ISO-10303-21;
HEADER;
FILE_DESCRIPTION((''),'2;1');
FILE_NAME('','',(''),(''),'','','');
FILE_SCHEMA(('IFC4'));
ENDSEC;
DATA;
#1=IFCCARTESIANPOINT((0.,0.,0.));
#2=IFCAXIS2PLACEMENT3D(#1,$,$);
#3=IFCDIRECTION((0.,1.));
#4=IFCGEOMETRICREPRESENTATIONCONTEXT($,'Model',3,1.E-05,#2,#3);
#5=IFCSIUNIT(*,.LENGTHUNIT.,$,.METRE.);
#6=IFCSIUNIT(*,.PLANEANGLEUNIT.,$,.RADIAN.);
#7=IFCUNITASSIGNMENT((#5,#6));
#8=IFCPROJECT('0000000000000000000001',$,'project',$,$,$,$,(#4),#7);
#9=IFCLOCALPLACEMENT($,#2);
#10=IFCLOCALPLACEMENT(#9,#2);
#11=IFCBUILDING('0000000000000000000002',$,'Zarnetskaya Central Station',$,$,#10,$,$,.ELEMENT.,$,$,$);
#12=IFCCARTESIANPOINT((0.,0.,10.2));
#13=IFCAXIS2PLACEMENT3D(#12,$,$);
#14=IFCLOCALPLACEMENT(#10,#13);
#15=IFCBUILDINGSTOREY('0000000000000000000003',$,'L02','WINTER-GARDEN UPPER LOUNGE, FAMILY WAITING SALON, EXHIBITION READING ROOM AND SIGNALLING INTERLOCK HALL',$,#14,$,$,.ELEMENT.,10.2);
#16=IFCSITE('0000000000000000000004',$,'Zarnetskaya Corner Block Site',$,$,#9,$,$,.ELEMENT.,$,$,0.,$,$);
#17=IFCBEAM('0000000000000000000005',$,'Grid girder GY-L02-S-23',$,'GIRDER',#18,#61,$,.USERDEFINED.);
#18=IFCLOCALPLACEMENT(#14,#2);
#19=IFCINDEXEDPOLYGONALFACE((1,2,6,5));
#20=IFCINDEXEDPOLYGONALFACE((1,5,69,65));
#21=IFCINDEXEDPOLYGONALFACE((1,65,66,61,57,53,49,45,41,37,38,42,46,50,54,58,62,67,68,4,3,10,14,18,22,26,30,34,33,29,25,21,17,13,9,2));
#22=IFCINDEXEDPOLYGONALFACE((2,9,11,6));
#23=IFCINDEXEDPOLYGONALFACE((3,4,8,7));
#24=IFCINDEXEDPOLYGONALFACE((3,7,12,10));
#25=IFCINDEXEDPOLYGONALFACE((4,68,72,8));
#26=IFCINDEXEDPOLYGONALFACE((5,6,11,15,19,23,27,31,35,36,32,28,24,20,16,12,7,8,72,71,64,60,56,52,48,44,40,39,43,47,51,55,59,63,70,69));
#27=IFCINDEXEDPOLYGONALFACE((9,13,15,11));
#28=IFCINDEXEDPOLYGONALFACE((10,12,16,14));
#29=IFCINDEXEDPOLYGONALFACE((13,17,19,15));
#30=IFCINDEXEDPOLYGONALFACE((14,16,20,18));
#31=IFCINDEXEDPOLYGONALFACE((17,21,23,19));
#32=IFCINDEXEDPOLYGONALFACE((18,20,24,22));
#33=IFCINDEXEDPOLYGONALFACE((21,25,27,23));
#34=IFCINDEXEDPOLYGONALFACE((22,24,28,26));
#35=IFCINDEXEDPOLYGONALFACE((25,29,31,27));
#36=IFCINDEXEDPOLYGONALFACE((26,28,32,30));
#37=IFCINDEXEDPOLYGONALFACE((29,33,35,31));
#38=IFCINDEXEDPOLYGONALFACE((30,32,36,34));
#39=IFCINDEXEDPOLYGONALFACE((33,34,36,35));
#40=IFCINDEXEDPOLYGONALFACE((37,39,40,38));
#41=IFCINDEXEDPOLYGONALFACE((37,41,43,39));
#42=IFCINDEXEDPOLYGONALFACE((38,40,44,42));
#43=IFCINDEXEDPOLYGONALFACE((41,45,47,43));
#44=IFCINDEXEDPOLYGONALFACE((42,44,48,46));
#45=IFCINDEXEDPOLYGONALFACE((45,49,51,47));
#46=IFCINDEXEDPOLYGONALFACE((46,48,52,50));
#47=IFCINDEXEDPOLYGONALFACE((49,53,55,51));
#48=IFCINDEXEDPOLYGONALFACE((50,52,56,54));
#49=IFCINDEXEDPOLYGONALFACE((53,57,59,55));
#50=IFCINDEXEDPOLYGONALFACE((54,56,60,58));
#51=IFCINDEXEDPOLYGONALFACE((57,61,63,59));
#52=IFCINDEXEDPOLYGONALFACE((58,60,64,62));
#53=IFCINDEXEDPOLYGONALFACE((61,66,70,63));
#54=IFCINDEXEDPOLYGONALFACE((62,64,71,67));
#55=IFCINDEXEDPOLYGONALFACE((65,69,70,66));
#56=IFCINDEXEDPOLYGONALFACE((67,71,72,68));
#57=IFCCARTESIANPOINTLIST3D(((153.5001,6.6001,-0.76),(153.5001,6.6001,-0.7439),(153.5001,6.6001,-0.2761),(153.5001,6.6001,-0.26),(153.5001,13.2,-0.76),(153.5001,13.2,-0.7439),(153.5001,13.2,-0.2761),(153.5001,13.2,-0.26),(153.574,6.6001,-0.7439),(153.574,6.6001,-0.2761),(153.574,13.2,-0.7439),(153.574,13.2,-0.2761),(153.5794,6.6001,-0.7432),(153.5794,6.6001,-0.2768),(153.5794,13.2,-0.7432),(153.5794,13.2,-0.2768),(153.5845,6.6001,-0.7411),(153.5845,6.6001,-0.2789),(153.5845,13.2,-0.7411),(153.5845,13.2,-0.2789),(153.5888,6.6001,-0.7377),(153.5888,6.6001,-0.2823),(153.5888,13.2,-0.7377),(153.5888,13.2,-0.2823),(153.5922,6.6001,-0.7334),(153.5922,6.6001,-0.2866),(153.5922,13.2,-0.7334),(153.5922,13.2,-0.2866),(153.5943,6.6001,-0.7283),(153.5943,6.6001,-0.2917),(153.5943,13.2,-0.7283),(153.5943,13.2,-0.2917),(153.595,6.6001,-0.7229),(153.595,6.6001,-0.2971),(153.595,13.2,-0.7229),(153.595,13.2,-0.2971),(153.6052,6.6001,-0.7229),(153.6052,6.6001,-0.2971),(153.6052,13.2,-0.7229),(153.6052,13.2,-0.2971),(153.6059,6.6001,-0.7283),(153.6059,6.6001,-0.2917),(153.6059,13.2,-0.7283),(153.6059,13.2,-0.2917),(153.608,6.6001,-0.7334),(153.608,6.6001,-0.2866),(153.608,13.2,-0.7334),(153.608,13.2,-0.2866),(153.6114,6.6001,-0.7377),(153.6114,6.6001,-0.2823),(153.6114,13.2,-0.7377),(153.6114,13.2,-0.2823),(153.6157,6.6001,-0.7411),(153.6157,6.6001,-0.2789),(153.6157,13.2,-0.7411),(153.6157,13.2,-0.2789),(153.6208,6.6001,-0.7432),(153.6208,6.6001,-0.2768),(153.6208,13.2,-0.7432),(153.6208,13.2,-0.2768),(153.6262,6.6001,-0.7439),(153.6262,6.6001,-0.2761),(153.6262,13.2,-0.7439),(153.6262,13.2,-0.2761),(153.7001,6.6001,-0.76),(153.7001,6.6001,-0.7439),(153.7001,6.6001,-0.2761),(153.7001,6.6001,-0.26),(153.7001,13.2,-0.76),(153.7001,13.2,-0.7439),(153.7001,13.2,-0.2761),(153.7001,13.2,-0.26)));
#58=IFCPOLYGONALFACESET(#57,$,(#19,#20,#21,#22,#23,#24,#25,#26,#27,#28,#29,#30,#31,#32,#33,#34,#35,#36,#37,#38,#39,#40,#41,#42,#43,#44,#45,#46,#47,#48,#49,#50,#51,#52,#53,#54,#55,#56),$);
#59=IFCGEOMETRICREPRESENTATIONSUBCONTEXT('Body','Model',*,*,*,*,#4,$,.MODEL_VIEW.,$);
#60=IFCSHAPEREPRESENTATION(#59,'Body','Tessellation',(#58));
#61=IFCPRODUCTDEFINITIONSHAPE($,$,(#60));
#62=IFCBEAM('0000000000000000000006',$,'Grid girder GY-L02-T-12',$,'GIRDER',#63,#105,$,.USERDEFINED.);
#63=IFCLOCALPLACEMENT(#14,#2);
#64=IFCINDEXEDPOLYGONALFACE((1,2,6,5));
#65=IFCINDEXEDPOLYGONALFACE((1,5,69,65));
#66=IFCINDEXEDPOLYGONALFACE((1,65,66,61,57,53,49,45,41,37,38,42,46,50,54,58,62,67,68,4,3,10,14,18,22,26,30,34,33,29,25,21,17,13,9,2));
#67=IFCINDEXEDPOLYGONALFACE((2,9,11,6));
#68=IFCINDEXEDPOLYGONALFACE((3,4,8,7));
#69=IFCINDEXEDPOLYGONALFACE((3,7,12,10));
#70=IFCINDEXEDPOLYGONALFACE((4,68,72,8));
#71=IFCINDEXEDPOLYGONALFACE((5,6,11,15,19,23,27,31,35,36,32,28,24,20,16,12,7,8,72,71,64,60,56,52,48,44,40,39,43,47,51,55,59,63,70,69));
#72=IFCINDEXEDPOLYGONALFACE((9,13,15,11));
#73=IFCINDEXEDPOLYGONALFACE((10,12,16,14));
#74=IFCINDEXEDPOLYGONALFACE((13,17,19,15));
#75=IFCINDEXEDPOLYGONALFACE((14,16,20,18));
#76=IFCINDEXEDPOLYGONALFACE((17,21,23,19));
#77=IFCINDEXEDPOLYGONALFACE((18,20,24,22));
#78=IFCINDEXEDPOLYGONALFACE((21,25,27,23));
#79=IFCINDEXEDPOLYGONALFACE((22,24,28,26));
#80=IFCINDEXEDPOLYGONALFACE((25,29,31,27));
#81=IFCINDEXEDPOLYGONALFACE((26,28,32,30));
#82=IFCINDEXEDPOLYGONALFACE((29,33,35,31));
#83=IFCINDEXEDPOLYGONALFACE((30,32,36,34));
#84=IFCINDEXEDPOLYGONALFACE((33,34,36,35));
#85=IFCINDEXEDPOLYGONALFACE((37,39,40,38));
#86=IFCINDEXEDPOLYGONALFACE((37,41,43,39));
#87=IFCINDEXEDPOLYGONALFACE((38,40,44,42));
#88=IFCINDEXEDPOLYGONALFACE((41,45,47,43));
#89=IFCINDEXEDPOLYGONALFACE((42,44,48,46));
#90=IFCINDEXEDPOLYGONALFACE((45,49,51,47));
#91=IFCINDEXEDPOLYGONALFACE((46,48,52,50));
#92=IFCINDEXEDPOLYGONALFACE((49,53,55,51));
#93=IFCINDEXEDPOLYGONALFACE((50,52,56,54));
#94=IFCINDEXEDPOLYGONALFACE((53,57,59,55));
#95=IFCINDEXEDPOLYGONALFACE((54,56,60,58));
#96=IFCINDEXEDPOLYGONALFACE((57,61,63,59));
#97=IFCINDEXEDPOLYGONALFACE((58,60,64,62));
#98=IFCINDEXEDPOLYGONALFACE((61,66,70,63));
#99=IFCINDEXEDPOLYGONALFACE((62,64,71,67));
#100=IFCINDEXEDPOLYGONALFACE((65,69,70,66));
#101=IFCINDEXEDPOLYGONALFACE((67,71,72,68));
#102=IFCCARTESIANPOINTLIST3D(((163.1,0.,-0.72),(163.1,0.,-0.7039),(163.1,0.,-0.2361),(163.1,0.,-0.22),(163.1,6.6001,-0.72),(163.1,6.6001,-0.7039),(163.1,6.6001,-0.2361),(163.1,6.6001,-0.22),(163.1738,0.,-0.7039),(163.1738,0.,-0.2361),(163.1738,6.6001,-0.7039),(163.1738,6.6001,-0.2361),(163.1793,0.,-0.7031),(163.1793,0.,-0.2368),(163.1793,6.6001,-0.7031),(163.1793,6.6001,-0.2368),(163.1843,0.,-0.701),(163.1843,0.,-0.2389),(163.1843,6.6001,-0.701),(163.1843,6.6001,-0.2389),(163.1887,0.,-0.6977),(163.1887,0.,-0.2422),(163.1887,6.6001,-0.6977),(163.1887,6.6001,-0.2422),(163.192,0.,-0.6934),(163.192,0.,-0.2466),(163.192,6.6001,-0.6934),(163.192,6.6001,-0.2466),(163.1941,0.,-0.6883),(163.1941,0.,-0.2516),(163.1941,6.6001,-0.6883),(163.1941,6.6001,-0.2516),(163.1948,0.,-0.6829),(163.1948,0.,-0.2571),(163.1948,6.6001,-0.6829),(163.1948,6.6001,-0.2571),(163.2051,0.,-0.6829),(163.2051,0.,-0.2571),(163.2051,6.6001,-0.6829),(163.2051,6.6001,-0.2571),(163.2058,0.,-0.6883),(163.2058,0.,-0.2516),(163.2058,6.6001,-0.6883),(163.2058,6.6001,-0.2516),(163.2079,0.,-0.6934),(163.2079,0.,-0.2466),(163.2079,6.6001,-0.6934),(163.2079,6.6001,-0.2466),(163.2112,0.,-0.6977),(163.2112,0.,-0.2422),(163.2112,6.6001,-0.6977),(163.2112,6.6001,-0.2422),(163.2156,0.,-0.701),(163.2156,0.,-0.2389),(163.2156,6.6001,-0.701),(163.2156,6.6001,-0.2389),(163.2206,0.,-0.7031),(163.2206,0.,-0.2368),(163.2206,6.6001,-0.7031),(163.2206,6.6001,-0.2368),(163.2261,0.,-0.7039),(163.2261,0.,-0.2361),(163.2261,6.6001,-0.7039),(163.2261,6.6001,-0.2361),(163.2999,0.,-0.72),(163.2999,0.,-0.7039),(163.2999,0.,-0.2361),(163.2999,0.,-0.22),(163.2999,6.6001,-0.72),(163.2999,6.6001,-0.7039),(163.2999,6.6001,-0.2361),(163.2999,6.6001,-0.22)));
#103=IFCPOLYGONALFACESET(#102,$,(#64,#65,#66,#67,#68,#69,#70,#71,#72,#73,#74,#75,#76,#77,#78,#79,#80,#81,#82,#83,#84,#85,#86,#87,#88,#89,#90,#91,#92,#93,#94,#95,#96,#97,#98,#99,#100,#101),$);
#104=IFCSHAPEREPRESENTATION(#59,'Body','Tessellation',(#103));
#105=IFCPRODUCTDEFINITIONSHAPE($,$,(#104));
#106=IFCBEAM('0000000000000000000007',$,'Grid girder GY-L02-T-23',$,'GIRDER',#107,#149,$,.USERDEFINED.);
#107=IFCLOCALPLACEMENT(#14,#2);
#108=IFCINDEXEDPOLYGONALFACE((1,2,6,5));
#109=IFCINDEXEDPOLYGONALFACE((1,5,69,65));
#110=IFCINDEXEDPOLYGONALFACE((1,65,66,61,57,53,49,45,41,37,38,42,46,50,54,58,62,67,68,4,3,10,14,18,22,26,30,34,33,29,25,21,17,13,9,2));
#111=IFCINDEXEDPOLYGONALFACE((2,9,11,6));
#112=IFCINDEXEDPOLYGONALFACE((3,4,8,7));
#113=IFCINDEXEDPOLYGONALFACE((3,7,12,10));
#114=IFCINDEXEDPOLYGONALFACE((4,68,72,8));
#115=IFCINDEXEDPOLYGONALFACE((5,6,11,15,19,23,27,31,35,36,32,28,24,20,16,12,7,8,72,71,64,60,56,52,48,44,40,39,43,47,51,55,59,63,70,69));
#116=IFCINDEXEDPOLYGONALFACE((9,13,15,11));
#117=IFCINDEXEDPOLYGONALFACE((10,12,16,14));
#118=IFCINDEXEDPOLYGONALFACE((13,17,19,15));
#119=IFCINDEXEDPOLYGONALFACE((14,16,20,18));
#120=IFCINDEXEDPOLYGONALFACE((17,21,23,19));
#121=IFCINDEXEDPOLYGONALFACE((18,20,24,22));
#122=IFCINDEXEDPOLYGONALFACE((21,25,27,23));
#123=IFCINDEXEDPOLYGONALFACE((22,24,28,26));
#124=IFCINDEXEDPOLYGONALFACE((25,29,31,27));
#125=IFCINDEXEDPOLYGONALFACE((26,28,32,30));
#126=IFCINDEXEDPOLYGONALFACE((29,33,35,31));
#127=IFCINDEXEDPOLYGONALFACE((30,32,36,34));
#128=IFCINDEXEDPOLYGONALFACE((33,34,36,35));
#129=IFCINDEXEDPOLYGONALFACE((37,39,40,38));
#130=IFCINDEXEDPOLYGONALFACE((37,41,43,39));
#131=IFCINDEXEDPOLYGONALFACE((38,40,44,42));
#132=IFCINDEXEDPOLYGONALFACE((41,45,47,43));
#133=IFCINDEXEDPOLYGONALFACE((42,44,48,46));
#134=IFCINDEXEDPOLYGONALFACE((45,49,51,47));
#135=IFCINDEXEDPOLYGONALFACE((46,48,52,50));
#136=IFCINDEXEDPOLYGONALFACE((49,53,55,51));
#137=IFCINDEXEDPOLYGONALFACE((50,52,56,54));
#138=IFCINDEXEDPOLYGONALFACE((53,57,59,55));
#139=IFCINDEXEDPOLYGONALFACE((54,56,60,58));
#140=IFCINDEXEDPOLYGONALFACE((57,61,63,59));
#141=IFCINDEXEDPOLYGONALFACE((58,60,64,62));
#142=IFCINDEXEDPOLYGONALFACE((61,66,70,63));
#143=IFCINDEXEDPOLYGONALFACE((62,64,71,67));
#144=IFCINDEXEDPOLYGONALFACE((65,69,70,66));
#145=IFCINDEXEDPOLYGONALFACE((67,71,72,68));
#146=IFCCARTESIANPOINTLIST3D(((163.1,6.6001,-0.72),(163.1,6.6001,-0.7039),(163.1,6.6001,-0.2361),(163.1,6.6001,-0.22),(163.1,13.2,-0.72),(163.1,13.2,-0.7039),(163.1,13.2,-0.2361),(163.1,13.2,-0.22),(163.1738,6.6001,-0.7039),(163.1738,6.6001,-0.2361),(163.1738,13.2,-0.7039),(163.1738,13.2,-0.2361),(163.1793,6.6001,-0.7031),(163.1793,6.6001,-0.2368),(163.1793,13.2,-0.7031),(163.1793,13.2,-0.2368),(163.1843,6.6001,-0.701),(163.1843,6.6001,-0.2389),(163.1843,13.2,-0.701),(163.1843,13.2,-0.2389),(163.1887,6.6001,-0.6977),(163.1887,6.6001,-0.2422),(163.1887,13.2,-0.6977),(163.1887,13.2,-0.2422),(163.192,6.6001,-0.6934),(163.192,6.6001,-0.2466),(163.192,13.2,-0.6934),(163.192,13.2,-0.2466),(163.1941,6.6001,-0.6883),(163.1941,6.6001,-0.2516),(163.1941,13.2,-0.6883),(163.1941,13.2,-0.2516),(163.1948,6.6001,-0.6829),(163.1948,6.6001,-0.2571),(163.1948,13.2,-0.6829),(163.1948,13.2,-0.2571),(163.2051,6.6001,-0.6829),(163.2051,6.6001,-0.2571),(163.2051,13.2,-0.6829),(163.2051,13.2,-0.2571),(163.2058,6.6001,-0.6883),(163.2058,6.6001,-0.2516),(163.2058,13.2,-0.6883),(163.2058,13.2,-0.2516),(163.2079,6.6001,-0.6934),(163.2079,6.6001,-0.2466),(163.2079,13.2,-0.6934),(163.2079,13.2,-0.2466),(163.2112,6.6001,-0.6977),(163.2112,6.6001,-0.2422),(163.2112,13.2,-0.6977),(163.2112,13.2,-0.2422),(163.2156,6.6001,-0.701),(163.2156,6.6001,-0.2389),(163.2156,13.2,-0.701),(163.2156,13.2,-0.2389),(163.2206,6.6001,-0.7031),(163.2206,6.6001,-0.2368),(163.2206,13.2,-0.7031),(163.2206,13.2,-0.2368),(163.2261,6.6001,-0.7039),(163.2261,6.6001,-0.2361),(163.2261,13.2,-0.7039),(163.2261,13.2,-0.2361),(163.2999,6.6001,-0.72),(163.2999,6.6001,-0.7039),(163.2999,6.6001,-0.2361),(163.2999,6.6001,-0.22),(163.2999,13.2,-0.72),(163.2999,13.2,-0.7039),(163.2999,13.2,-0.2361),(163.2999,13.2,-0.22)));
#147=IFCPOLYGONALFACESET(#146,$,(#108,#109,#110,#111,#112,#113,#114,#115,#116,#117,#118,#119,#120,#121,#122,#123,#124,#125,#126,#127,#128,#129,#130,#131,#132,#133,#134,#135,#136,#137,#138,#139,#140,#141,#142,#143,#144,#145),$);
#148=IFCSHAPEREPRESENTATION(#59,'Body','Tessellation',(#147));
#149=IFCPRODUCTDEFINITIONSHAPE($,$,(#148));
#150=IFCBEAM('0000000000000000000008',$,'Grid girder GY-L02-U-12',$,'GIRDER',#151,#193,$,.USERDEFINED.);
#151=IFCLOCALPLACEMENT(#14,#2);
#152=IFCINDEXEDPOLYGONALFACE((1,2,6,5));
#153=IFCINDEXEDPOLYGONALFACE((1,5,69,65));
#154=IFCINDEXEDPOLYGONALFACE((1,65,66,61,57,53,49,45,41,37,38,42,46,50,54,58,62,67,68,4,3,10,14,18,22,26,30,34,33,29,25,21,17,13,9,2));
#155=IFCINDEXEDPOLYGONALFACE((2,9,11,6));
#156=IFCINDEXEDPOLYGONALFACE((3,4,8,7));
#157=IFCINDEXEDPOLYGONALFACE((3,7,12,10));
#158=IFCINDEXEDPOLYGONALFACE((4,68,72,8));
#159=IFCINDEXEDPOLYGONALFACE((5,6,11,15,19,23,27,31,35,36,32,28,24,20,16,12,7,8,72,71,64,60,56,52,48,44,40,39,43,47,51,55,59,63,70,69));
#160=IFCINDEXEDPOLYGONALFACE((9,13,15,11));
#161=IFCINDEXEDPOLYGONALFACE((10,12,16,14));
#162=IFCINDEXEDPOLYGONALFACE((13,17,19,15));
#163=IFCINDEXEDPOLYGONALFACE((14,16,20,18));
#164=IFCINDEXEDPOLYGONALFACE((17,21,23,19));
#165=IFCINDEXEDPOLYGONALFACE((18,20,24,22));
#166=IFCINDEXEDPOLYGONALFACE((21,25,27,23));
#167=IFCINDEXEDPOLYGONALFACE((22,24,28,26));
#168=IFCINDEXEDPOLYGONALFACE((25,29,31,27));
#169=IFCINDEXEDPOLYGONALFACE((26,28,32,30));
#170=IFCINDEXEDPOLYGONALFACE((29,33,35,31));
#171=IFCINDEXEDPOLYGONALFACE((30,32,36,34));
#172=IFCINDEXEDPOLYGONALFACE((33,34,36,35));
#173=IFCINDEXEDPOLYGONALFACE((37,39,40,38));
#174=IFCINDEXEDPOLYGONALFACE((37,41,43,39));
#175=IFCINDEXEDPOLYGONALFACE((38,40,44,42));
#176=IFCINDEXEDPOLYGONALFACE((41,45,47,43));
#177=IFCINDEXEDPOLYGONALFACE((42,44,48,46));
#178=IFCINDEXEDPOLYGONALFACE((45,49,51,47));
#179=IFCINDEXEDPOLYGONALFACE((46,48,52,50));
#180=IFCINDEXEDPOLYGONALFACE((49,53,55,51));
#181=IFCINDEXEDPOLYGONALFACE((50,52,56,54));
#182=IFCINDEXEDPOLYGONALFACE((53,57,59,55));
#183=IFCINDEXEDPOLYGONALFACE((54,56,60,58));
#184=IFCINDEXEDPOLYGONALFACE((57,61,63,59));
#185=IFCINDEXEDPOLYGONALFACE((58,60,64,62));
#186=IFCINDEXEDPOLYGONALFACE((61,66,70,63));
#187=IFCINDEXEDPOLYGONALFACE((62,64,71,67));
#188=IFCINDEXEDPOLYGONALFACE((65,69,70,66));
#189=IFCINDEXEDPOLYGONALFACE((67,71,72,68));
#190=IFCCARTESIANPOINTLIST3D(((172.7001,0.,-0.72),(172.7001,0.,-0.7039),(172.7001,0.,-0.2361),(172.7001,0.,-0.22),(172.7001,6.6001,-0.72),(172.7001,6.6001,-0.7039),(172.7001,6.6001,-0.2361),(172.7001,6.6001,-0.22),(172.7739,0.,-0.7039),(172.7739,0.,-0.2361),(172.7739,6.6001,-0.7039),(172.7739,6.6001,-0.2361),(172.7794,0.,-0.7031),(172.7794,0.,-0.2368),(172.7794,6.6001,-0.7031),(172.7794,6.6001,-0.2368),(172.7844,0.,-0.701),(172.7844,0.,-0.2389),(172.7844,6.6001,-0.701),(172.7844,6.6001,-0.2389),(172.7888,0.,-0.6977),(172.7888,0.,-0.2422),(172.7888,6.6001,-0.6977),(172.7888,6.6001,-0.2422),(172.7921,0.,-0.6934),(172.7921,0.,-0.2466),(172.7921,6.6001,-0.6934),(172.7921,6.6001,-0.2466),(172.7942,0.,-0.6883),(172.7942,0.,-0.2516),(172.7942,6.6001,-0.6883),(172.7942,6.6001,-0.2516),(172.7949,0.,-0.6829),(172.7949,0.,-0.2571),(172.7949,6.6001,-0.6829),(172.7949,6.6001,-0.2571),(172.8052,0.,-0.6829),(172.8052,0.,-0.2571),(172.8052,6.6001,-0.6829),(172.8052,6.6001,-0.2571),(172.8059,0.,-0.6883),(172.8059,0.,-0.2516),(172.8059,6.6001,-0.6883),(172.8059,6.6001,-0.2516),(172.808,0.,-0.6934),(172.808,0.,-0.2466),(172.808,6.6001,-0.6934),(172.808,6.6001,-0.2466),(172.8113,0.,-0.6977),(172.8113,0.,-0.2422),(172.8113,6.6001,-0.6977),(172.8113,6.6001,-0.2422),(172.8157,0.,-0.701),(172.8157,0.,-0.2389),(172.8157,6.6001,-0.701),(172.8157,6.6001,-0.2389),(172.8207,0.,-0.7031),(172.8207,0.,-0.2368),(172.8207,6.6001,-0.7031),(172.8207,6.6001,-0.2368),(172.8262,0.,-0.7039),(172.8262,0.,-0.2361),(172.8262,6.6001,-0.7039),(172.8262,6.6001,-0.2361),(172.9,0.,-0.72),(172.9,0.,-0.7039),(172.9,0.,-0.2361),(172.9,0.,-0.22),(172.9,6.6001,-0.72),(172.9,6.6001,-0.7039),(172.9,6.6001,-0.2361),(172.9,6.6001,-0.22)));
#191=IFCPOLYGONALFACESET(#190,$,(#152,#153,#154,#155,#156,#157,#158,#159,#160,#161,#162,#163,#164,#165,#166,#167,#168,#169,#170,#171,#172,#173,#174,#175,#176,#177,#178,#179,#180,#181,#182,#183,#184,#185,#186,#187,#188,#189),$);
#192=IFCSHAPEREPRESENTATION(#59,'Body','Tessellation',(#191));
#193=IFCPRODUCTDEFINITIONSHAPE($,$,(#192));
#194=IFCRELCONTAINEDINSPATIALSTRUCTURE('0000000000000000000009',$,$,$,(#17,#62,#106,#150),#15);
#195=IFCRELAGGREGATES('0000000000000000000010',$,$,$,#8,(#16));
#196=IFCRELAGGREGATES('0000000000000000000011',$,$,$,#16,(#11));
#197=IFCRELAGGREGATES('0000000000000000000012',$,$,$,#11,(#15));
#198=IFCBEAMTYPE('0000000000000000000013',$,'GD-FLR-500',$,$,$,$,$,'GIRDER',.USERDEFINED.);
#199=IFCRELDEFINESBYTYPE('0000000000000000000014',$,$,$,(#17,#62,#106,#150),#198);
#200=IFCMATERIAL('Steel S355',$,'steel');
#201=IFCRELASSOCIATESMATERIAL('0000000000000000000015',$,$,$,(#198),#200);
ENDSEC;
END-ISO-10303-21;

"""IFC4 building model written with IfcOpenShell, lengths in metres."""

from ifc_helpers import new_model, si_unit, direction, frame, origin, origin_2d, place, context, subcontext, project, spatial, i_section, extrude, material, material_profile, profile_set, type_object, element, save


model = new_model("IFC4")

# Units and contexts
model_context = context("Model", 3, precision=1e-05, world=origin(), true_north=direction((0.0, 1.0)))
body_context = subcontext(model_context, "Body", "Model", "MODEL_VIEW")
ifc_project = project(units=[si_unit("LENGTHUNIT", "METRE"), si_unit("PLANEANGLEUNIT", "RADIAN")], contexts=[model_context])

# Site, building, storey
site_placement = place(None, origin())
site = spatial("IfcSite", under=ifc_project, at=site_placement, Name="Zarnetskaya Corner Block Site", CompositionType="ELEMENT", RefElevation=0.0)
building_placement = place(site_placement, origin())
building = spatial("IfcBuilding", under=site, at=building_placement, Name="Zarnetskaya Central Station", CompositionType="ELEMENT")
storey_placement = place(building_placement, frame((0.0, 0.0, 10.2)))
storey = spatial("IfcBuildingStorey", under=building, at=storey_placement, Name="L02", Description="WINTER-GARDEN UPPER LOUNGE, FAMILY WAITING SALON, EXHIBITION READING ROOM AND SIGNALLING INTERLOCK HALL", CompositionType="ELEMENT", Elevation=10.2)

# Shared definitions
ifc_material_1 = material(Name="Steel S355", Category="steel")

# Beams
ifc_material_profile_1 = material_profile(ifc_material_1, i_section(OverallWidth=0.2, OverallDepth=0.5, WebThickness=0.0103, FlangeThickness=0.0161, FilletRadius=0.021, at=origin_2d()), Name="IPE 500")
ifc_profile_set_1 = profile_set([ifc_material_profile_1], Name="Steel S355")
beam_type_1 = type_object("IfcBeamType", Name="GD-FLR-500", ElementType="GIRDER", PredefinedType="USERDEFINED", material=ifc_profile_set_1)
beam_1_placement = place(storey_placement, frame((153.6001, 6.6001, -0.51), z_axis=(0.0, 1.0, 0.0), x_axis=(-1.0, 0.0, 0.0)))
element("IfcBeam", 1, at=beam_1_placement, inside=storey, type_object=beam_type_1, Name="Grid girder GY-L02-S-23", ObjectType="GIRDER", PredefinedType="USERDEFINED", context=body_context, shape_type="SweptSolid", body=[
    extrude(i_section(OverallWidth=0.2, OverallDepth=0.5, WebThickness=0.0103, FlangeThickness=0.0161, FilletRadius=0.021, at=origin_2d()), origin(), (0.0, 0.0, 1.0), 6.5999),
])
beam_2_placement = place(storey_placement, frame((163.2, 0.0, -0.47), z_axis=(0.0, 1.0, 0.0), x_axis=(-1.0, 0.0, 0.0)))
element("IfcBeam", 2, at=beam_2_placement, inside=storey, type_object=beam_type_1, Name="Grid girder GY-L02-T-12", ObjectType="GIRDER", PredefinedType="USERDEFINED", context=body_context, shape_type="SweptSolid", body=[
    extrude(i_section(OverallWidth=0.2, OverallDepth=0.5, WebThickness=0.0103, FlangeThickness=0.0161, FilletRadius=0.021, at=origin_2d()), origin(), (0.0, 0.0, 1.0), 6.6001),
])
beam_3_placement = place(storey_placement, frame((163.2, 6.6001, -0.47), z_axis=(0.0, 1.0, 0.0), x_axis=(-1.0, 0.0, 0.0)))
element("IfcBeam", 3, at=beam_3_placement, inside=storey, type_object=beam_type_1, Name="Grid girder GY-L02-T-23", ObjectType="GIRDER", PredefinedType="USERDEFINED", context=body_context, shape_type="SweptSolid", body=[
    extrude(i_section(OverallWidth=0.2, OverallDepth=0.5, WebThickness=0.0103, FlangeThickness=0.0161, FilletRadius=0.021, at=origin_2d()), origin(), (0.0, 0.0, 1.0), 6.5999),
])
beam_4_placement = place(storey_placement, frame((172.8, 0.0, -0.47), z_axis=(0.0, 1.0, 0.0), x_axis=(-1.0, 0.0, 0.0)))
element("IfcBeam", 4, at=beam_4_placement, inside=storey, type_object=beam_type_1, Name="Grid girder GY-L02-U-12", ObjectType="GIRDER", PredefinedType="USERDEFINED", context=body_context, shape_type="SweptSolid", body=[
    extrude(i_section(OverallWidth=0.2, OverallDepth=0.5, WebThickness=0.0103, FlangeThickness=0.0161, FilletRadius=0.021, at=origin_2d()), origin(), (0.0, 0.0, 1.0), 6.6001),
])

save(model, "model.ifc")
